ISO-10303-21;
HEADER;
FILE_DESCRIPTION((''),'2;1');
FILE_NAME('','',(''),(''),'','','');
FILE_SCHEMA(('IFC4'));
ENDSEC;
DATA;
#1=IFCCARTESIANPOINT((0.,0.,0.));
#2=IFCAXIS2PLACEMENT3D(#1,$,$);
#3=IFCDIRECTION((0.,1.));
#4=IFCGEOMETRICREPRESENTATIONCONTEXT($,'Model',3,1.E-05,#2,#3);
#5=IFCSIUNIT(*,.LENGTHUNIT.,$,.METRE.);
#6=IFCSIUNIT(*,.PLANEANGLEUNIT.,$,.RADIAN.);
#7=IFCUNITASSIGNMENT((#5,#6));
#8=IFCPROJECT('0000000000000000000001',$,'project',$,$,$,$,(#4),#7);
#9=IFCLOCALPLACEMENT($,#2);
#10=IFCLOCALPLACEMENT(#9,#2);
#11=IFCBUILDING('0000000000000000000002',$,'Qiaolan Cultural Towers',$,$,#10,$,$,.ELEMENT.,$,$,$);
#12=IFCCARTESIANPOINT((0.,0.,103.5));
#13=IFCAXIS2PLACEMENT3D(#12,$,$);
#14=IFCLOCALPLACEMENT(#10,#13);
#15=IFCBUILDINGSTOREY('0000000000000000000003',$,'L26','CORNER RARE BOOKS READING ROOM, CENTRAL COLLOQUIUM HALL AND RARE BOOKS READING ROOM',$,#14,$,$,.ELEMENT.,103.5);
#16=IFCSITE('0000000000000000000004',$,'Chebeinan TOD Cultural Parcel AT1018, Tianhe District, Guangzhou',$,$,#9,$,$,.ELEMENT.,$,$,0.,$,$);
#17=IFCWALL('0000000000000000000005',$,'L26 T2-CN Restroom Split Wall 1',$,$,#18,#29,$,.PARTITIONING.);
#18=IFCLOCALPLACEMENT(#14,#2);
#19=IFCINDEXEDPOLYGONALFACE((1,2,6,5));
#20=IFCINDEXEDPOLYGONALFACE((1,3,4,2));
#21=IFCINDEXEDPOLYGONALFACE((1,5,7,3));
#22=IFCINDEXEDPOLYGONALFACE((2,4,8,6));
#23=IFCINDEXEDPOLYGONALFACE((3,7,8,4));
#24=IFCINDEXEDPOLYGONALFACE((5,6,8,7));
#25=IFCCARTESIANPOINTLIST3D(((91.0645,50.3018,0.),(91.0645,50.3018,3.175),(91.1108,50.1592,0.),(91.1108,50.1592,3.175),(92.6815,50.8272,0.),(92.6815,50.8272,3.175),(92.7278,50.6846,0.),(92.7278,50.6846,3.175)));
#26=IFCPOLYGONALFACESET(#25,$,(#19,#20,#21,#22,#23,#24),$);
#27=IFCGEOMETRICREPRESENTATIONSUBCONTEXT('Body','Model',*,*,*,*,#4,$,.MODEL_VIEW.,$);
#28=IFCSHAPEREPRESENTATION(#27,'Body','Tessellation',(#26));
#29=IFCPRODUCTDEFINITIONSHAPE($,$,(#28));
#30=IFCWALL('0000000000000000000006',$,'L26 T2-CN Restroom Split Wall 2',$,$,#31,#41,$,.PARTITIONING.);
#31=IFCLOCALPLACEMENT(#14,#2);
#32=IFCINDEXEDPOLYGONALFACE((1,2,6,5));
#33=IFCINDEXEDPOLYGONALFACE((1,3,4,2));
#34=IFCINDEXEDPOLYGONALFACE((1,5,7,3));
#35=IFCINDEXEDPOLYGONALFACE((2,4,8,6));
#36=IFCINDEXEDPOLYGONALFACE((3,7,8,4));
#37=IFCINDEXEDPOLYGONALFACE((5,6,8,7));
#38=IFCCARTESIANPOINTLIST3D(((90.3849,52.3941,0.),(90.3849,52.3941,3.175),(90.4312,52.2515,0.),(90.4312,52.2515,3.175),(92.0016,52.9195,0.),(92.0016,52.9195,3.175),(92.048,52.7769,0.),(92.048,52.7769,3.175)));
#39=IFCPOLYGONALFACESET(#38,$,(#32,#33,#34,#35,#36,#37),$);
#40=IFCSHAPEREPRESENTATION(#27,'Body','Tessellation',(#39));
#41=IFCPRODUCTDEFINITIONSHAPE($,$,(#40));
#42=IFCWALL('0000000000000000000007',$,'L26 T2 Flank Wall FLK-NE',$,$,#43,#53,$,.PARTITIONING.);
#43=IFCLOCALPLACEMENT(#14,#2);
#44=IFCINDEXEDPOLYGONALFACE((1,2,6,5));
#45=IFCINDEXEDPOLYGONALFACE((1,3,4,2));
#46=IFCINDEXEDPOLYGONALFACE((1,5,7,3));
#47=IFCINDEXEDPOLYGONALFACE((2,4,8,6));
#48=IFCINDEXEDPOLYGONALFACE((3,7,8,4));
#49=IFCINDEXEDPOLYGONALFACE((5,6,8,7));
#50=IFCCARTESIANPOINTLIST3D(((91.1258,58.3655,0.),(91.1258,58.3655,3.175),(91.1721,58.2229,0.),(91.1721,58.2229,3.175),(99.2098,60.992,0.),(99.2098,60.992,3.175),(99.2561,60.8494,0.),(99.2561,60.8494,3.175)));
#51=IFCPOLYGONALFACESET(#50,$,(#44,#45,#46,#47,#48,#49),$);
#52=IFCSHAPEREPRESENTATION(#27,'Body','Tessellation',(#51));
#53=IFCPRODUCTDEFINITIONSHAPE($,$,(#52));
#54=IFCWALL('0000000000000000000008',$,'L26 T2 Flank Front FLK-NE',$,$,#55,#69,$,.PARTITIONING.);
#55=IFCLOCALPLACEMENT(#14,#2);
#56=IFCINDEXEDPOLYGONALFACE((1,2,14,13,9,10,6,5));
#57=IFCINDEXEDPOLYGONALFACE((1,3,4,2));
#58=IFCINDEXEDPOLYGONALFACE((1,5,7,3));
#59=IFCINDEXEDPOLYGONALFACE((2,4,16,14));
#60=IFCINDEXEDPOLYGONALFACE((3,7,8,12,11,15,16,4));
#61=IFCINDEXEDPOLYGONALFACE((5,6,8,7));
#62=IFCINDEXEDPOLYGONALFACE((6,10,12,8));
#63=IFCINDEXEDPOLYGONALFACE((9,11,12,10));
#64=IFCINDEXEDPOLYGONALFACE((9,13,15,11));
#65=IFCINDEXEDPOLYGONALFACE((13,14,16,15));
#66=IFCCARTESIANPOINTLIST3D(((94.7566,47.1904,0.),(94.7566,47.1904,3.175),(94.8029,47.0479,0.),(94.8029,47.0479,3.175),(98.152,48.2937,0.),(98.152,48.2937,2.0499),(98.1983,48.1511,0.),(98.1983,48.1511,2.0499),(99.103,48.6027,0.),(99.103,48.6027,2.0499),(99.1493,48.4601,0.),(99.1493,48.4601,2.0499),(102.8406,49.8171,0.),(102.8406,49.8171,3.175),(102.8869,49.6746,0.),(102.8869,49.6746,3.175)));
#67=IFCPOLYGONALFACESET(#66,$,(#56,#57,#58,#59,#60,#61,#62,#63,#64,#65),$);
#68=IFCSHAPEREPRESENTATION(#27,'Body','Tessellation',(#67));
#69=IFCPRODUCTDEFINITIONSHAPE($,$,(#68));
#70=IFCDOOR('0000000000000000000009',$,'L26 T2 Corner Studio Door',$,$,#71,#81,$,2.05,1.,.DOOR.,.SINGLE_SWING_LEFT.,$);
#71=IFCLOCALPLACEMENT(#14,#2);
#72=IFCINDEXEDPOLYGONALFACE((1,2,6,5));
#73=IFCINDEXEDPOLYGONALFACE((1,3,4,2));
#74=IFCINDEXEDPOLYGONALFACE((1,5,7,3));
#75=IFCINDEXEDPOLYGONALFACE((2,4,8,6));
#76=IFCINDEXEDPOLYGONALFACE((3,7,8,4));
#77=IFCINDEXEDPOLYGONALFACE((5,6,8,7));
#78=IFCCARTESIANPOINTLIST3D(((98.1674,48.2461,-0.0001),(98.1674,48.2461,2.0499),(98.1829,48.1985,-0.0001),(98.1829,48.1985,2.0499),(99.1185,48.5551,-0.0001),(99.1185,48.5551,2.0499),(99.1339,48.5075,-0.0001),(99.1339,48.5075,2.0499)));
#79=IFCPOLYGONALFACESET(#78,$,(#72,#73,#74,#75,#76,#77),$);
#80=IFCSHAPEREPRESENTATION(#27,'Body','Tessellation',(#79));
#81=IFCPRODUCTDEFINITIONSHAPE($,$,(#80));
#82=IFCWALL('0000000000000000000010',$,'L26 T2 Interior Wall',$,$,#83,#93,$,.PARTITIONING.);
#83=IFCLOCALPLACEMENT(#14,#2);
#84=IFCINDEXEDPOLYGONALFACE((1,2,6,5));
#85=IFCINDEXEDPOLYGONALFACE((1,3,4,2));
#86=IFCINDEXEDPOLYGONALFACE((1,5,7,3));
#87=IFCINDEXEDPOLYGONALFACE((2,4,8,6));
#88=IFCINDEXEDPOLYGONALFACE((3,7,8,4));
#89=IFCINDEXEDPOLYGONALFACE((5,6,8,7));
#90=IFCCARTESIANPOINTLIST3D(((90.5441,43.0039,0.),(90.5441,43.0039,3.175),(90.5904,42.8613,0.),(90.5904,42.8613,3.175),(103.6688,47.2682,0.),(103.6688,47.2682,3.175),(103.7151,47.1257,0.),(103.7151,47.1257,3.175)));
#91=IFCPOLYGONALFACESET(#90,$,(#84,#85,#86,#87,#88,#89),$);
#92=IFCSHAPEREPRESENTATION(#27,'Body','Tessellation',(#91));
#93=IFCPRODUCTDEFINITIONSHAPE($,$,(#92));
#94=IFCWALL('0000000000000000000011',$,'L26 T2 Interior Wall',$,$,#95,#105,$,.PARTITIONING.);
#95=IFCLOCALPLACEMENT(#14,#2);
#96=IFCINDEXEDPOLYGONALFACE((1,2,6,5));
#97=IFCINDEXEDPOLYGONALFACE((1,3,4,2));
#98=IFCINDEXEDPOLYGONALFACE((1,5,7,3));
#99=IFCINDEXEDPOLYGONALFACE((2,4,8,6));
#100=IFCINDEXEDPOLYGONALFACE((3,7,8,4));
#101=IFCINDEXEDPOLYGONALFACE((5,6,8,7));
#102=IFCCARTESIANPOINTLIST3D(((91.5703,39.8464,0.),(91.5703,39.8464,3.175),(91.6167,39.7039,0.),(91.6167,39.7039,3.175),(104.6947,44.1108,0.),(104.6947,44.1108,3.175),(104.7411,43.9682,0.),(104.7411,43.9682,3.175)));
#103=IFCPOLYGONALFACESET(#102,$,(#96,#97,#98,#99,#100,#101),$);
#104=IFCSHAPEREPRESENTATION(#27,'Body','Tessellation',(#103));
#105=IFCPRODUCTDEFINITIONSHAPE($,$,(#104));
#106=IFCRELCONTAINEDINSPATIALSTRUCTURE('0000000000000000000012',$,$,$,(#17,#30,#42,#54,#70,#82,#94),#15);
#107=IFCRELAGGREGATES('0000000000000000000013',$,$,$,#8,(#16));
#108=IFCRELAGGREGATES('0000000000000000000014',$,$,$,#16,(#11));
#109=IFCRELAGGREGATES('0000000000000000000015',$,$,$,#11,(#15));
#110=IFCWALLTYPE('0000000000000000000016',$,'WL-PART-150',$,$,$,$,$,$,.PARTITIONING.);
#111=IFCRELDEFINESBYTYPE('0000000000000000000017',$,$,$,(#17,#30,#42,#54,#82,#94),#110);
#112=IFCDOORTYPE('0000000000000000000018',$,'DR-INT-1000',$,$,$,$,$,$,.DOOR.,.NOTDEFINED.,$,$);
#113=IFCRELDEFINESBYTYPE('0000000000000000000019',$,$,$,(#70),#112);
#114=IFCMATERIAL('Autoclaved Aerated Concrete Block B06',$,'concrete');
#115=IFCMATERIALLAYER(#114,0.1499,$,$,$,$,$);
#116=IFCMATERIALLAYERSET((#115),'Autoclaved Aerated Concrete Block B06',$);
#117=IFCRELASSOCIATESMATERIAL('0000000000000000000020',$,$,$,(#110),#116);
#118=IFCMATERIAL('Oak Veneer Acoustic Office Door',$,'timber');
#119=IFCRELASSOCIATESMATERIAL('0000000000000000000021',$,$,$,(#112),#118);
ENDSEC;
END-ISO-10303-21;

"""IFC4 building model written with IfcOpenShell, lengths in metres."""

from ifc_helpers import new_model, si_unit, direction, frame, frame_2d, origin, place, context, subcontext, project, spatial, rectangle, extrude, material, layer, layer_set, type_object, element, fill, save


model = new_model("IFC4")

# Units and contexts
model_context = context("Model", 3, precision=1e-05, world=origin(), true_north=direction((0.0, 1.0)))
body_context = subcontext(model_context, "Body", "Model", "MODEL_VIEW")
ifc_project = project(units=[si_unit("LENGTHUNIT", "METRE"), si_unit("PLANEANGLEUNIT", "RADIAN")], contexts=[model_context])

# Site, building, storey
site_placement = place(None, origin())
site = spatial("IfcSite", under=ifc_project, at=site_placement, Name="Chebeinan TOD Cultural Parcel AT1018, Tianhe District, Guangzhou", CompositionType="ELEMENT", RefElevation=0.0)
building_placement = place(site_placement, origin())
building = spatial("IfcBuilding", under=site, at=building_placement, Name="Qiaolan Cultural Towers", CompositionType="ELEMENT")
storey_placement = place(building_placement, frame((0.0, 0.0, 103.5)))
storey = spatial("IfcBuildingStorey", under=building, at=storey_placement, Name="L26", Description="CORNER RARE BOOKS READING ROOM, CENTRAL COLLOQUIUM HALL AND RARE BOOKS READING ROOM", CompositionType="ELEMENT", Elevation=103.5)

# Shared definitions
ifc_material_1 = material(Name="Autoclaved Aerated Concrete Block B06", Category="concrete")
ifc_layer_1 = layer(ifc_material_1, 0.1499)
ifc_layer_set_1 = layer_set([ifc_layer_1], Name="Autoclaved Aerated Concrete Block B06")
wall_type_1 = type_object("IfcWallType", Name="WL-PART-150", PredefinedType="PARTITIONING", material=ifc_layer_set_1)

# Walls
wall_1_placement = place(storey_placement, frame((91.0876, 50.2305, 0.0), z_axis=(0.0, 0.0, 1.0), x_axis=(0.951054, 0.309024, 0.0)))
element("IfcWall", 1, at=wall_1_placement, inside=storey, type_object=wall_type_1, Name="L26 T2-CN Restroom Split Wall 1", PredefinedType="PARTITIONING", context=body_context, shape_type="SweptSolid", body=[
    extrude(rectangle(XDim=1.7002, YDim=0.1499, at=frame_2d((0.8501, 0.0))), origin(), (0.0, 0.0, 1.0), 3.175),
])
wall_2_placement = place(storey_placement, frame((90.408, 52.3228, 0.0), z_axis=(0.0, 0.0, 1.0), x_axis=(0.95104, 0.309067, 0.0)))
element("IfcWall", 2, at=wall_2_placement, inside=storey, type_object=wall_type_1, Name="L26 T2-CN Restroom Split Wall 2", PredefinedType="PARTITIONING", context=body_context, shape_type="SweptSolid", body=[
    extrude(rectangle(XDim=1.7, YDim=0.1499, at=frame_2d((0.8501, 0.0))), origin(), (0.0, 0.0, 1.0), 3.175),
])
wall_3_placement = place(storey_placement, frame((91.1489, 58.2942, 0.0), z_axis=(0.0, 0.0, 1.0), x_axis=(0.951063, 0.308998, 0.0)))
element("IfcWall", 3, at=wall_3_placement, inside=storey, type_object=wall_type_1, Name="L26 T2 Flank Wall FLK-NE", PredefinedType="PARTITIONING", context=body_context, shape_type="SweptSolid", body=[
    extrude(rectangle(XDim=8.5, YDim=0.1499, at=frame_2d((4.25, 0.0))), origin(), (0.0, 0.0, 1.0), 3.175),
])

# Wall, opening, door
wall_4_placement = place(storey_placement, frame((94.7798, 47.1191, 0.0), z_axis=(0.0, 0.0, 1.0), x_axis=(0.951054, 0.309024, 0.0)))
wall_4 = element("IfcWall", 4, at=wall_4_placement, inside=storey, type_object=wall_type_1, Name="L26 T2 Flank Front FLK-NE", PredefinedType="PARTITIONING", context=body_context, shape_type="SweptSolid", body=[
    extrude(rectangle(XDim=8.5, YDim=0.1499, at=frame_2d((4.25, 0.0))), origin(), (0.0, 0.0, 1.0), 3.175),
])
opening_1_placement = place(wall_4_placement, frame((3.5701, 0.0, 0.0)))
opening_1 = element("IfcOpeningElement", 5, at=opening_1_placement, cuts=wall_4, PredefinedType="OPENING", context=body_context, shape_type="SweptSolid", body=[
    extrude(rectangle(XDim=1.0, YDim=2.05, at=frame_2d((0.5, 1.0249))), frame((0.0, 0.085, 0.0), z_axis=(0.0, -1.0, 0.0), x_axis=(1.0, 0.0, 0.0)), (0.0, 0.0, 1.0), 0.1699),
])
ifc_material_2 = material(Name="Oak Veneer Acoustic Office Door", Category="timber")
door_type_1 = type_object("IfcDoorType", Name="DR-INT-1000", OperationType="NOTDEFINED", PredefinedType="DOOR", material=ifc_material_2)
door_1_placement = place(opening_1_placement, origin())
door_1 = element("IfcDoor", 6, at=door_1_placement, inside=storey, type_object=door_type_1, Name="L26 T2 Corner Studio Door", OperationType="SINGLE_SWING_LEFT", OverallHeight=2.05, OverallWidth=1.0, PredefinedType="DOOR", context=body_context, shape_type="SweptSolid", body=[
    extrude(rectangle(XDim=1.0, YDim=2.05, at=frame_2d((0.5, 1.0249))), frame((0.0, 0.0249, 0.0), z_axis=(0.0, -1.0, 0.0), x_axis=(1.0, 0.0, 0.0)), (0.0, 0.0, 1.0), 0.05),
])
fill(opening_1, door_1)

# Walls
wall_5_placement = place(storey_placement, frame((90.5674, 42.9326, 0.0), z_axis=(0.0, 0.0, 1.0), x_axis=(0.951058, 0.309011, 0.0)))
element("IfcWall", 7, at=wall_5_placement, inside=storey, type_object=wall_type_1, Name="L26 T2 Interior Wall", PredefinedType="PARTITIONING", context=body_context, shape_type="SweptSolid", body=[
    extrude(rectangle(XDim=13.8, YDim=0.1499, at=frame_2d((6.8999, 0.0))), origin(), (0.0, 0.0, 1.0), 3.175),
])
wall_6_placement = place(storey_placement, frame((91.5935, 39.7751, 0.0), z_axis=(0.0, 0.0, 1.0), x_axis=(0.951057, 0.309016, 0.0)))
element("IfcWall", 8, at=wall_6_placement, inside=storey, type_object=wall_type_1, Name="L26 T2 Interior Wall", PredefinedType="PARTITIONING", context=body_context, shape_type="SweptSolid", body=[
    extrude(rectangle(XDim=13.7998, YDim=0.1499, at=frame_2d((6.8999, 0.0))), origin(), (0.0, 0.0, 1.0), 3.175),
])

save(model, "model.ifc")
